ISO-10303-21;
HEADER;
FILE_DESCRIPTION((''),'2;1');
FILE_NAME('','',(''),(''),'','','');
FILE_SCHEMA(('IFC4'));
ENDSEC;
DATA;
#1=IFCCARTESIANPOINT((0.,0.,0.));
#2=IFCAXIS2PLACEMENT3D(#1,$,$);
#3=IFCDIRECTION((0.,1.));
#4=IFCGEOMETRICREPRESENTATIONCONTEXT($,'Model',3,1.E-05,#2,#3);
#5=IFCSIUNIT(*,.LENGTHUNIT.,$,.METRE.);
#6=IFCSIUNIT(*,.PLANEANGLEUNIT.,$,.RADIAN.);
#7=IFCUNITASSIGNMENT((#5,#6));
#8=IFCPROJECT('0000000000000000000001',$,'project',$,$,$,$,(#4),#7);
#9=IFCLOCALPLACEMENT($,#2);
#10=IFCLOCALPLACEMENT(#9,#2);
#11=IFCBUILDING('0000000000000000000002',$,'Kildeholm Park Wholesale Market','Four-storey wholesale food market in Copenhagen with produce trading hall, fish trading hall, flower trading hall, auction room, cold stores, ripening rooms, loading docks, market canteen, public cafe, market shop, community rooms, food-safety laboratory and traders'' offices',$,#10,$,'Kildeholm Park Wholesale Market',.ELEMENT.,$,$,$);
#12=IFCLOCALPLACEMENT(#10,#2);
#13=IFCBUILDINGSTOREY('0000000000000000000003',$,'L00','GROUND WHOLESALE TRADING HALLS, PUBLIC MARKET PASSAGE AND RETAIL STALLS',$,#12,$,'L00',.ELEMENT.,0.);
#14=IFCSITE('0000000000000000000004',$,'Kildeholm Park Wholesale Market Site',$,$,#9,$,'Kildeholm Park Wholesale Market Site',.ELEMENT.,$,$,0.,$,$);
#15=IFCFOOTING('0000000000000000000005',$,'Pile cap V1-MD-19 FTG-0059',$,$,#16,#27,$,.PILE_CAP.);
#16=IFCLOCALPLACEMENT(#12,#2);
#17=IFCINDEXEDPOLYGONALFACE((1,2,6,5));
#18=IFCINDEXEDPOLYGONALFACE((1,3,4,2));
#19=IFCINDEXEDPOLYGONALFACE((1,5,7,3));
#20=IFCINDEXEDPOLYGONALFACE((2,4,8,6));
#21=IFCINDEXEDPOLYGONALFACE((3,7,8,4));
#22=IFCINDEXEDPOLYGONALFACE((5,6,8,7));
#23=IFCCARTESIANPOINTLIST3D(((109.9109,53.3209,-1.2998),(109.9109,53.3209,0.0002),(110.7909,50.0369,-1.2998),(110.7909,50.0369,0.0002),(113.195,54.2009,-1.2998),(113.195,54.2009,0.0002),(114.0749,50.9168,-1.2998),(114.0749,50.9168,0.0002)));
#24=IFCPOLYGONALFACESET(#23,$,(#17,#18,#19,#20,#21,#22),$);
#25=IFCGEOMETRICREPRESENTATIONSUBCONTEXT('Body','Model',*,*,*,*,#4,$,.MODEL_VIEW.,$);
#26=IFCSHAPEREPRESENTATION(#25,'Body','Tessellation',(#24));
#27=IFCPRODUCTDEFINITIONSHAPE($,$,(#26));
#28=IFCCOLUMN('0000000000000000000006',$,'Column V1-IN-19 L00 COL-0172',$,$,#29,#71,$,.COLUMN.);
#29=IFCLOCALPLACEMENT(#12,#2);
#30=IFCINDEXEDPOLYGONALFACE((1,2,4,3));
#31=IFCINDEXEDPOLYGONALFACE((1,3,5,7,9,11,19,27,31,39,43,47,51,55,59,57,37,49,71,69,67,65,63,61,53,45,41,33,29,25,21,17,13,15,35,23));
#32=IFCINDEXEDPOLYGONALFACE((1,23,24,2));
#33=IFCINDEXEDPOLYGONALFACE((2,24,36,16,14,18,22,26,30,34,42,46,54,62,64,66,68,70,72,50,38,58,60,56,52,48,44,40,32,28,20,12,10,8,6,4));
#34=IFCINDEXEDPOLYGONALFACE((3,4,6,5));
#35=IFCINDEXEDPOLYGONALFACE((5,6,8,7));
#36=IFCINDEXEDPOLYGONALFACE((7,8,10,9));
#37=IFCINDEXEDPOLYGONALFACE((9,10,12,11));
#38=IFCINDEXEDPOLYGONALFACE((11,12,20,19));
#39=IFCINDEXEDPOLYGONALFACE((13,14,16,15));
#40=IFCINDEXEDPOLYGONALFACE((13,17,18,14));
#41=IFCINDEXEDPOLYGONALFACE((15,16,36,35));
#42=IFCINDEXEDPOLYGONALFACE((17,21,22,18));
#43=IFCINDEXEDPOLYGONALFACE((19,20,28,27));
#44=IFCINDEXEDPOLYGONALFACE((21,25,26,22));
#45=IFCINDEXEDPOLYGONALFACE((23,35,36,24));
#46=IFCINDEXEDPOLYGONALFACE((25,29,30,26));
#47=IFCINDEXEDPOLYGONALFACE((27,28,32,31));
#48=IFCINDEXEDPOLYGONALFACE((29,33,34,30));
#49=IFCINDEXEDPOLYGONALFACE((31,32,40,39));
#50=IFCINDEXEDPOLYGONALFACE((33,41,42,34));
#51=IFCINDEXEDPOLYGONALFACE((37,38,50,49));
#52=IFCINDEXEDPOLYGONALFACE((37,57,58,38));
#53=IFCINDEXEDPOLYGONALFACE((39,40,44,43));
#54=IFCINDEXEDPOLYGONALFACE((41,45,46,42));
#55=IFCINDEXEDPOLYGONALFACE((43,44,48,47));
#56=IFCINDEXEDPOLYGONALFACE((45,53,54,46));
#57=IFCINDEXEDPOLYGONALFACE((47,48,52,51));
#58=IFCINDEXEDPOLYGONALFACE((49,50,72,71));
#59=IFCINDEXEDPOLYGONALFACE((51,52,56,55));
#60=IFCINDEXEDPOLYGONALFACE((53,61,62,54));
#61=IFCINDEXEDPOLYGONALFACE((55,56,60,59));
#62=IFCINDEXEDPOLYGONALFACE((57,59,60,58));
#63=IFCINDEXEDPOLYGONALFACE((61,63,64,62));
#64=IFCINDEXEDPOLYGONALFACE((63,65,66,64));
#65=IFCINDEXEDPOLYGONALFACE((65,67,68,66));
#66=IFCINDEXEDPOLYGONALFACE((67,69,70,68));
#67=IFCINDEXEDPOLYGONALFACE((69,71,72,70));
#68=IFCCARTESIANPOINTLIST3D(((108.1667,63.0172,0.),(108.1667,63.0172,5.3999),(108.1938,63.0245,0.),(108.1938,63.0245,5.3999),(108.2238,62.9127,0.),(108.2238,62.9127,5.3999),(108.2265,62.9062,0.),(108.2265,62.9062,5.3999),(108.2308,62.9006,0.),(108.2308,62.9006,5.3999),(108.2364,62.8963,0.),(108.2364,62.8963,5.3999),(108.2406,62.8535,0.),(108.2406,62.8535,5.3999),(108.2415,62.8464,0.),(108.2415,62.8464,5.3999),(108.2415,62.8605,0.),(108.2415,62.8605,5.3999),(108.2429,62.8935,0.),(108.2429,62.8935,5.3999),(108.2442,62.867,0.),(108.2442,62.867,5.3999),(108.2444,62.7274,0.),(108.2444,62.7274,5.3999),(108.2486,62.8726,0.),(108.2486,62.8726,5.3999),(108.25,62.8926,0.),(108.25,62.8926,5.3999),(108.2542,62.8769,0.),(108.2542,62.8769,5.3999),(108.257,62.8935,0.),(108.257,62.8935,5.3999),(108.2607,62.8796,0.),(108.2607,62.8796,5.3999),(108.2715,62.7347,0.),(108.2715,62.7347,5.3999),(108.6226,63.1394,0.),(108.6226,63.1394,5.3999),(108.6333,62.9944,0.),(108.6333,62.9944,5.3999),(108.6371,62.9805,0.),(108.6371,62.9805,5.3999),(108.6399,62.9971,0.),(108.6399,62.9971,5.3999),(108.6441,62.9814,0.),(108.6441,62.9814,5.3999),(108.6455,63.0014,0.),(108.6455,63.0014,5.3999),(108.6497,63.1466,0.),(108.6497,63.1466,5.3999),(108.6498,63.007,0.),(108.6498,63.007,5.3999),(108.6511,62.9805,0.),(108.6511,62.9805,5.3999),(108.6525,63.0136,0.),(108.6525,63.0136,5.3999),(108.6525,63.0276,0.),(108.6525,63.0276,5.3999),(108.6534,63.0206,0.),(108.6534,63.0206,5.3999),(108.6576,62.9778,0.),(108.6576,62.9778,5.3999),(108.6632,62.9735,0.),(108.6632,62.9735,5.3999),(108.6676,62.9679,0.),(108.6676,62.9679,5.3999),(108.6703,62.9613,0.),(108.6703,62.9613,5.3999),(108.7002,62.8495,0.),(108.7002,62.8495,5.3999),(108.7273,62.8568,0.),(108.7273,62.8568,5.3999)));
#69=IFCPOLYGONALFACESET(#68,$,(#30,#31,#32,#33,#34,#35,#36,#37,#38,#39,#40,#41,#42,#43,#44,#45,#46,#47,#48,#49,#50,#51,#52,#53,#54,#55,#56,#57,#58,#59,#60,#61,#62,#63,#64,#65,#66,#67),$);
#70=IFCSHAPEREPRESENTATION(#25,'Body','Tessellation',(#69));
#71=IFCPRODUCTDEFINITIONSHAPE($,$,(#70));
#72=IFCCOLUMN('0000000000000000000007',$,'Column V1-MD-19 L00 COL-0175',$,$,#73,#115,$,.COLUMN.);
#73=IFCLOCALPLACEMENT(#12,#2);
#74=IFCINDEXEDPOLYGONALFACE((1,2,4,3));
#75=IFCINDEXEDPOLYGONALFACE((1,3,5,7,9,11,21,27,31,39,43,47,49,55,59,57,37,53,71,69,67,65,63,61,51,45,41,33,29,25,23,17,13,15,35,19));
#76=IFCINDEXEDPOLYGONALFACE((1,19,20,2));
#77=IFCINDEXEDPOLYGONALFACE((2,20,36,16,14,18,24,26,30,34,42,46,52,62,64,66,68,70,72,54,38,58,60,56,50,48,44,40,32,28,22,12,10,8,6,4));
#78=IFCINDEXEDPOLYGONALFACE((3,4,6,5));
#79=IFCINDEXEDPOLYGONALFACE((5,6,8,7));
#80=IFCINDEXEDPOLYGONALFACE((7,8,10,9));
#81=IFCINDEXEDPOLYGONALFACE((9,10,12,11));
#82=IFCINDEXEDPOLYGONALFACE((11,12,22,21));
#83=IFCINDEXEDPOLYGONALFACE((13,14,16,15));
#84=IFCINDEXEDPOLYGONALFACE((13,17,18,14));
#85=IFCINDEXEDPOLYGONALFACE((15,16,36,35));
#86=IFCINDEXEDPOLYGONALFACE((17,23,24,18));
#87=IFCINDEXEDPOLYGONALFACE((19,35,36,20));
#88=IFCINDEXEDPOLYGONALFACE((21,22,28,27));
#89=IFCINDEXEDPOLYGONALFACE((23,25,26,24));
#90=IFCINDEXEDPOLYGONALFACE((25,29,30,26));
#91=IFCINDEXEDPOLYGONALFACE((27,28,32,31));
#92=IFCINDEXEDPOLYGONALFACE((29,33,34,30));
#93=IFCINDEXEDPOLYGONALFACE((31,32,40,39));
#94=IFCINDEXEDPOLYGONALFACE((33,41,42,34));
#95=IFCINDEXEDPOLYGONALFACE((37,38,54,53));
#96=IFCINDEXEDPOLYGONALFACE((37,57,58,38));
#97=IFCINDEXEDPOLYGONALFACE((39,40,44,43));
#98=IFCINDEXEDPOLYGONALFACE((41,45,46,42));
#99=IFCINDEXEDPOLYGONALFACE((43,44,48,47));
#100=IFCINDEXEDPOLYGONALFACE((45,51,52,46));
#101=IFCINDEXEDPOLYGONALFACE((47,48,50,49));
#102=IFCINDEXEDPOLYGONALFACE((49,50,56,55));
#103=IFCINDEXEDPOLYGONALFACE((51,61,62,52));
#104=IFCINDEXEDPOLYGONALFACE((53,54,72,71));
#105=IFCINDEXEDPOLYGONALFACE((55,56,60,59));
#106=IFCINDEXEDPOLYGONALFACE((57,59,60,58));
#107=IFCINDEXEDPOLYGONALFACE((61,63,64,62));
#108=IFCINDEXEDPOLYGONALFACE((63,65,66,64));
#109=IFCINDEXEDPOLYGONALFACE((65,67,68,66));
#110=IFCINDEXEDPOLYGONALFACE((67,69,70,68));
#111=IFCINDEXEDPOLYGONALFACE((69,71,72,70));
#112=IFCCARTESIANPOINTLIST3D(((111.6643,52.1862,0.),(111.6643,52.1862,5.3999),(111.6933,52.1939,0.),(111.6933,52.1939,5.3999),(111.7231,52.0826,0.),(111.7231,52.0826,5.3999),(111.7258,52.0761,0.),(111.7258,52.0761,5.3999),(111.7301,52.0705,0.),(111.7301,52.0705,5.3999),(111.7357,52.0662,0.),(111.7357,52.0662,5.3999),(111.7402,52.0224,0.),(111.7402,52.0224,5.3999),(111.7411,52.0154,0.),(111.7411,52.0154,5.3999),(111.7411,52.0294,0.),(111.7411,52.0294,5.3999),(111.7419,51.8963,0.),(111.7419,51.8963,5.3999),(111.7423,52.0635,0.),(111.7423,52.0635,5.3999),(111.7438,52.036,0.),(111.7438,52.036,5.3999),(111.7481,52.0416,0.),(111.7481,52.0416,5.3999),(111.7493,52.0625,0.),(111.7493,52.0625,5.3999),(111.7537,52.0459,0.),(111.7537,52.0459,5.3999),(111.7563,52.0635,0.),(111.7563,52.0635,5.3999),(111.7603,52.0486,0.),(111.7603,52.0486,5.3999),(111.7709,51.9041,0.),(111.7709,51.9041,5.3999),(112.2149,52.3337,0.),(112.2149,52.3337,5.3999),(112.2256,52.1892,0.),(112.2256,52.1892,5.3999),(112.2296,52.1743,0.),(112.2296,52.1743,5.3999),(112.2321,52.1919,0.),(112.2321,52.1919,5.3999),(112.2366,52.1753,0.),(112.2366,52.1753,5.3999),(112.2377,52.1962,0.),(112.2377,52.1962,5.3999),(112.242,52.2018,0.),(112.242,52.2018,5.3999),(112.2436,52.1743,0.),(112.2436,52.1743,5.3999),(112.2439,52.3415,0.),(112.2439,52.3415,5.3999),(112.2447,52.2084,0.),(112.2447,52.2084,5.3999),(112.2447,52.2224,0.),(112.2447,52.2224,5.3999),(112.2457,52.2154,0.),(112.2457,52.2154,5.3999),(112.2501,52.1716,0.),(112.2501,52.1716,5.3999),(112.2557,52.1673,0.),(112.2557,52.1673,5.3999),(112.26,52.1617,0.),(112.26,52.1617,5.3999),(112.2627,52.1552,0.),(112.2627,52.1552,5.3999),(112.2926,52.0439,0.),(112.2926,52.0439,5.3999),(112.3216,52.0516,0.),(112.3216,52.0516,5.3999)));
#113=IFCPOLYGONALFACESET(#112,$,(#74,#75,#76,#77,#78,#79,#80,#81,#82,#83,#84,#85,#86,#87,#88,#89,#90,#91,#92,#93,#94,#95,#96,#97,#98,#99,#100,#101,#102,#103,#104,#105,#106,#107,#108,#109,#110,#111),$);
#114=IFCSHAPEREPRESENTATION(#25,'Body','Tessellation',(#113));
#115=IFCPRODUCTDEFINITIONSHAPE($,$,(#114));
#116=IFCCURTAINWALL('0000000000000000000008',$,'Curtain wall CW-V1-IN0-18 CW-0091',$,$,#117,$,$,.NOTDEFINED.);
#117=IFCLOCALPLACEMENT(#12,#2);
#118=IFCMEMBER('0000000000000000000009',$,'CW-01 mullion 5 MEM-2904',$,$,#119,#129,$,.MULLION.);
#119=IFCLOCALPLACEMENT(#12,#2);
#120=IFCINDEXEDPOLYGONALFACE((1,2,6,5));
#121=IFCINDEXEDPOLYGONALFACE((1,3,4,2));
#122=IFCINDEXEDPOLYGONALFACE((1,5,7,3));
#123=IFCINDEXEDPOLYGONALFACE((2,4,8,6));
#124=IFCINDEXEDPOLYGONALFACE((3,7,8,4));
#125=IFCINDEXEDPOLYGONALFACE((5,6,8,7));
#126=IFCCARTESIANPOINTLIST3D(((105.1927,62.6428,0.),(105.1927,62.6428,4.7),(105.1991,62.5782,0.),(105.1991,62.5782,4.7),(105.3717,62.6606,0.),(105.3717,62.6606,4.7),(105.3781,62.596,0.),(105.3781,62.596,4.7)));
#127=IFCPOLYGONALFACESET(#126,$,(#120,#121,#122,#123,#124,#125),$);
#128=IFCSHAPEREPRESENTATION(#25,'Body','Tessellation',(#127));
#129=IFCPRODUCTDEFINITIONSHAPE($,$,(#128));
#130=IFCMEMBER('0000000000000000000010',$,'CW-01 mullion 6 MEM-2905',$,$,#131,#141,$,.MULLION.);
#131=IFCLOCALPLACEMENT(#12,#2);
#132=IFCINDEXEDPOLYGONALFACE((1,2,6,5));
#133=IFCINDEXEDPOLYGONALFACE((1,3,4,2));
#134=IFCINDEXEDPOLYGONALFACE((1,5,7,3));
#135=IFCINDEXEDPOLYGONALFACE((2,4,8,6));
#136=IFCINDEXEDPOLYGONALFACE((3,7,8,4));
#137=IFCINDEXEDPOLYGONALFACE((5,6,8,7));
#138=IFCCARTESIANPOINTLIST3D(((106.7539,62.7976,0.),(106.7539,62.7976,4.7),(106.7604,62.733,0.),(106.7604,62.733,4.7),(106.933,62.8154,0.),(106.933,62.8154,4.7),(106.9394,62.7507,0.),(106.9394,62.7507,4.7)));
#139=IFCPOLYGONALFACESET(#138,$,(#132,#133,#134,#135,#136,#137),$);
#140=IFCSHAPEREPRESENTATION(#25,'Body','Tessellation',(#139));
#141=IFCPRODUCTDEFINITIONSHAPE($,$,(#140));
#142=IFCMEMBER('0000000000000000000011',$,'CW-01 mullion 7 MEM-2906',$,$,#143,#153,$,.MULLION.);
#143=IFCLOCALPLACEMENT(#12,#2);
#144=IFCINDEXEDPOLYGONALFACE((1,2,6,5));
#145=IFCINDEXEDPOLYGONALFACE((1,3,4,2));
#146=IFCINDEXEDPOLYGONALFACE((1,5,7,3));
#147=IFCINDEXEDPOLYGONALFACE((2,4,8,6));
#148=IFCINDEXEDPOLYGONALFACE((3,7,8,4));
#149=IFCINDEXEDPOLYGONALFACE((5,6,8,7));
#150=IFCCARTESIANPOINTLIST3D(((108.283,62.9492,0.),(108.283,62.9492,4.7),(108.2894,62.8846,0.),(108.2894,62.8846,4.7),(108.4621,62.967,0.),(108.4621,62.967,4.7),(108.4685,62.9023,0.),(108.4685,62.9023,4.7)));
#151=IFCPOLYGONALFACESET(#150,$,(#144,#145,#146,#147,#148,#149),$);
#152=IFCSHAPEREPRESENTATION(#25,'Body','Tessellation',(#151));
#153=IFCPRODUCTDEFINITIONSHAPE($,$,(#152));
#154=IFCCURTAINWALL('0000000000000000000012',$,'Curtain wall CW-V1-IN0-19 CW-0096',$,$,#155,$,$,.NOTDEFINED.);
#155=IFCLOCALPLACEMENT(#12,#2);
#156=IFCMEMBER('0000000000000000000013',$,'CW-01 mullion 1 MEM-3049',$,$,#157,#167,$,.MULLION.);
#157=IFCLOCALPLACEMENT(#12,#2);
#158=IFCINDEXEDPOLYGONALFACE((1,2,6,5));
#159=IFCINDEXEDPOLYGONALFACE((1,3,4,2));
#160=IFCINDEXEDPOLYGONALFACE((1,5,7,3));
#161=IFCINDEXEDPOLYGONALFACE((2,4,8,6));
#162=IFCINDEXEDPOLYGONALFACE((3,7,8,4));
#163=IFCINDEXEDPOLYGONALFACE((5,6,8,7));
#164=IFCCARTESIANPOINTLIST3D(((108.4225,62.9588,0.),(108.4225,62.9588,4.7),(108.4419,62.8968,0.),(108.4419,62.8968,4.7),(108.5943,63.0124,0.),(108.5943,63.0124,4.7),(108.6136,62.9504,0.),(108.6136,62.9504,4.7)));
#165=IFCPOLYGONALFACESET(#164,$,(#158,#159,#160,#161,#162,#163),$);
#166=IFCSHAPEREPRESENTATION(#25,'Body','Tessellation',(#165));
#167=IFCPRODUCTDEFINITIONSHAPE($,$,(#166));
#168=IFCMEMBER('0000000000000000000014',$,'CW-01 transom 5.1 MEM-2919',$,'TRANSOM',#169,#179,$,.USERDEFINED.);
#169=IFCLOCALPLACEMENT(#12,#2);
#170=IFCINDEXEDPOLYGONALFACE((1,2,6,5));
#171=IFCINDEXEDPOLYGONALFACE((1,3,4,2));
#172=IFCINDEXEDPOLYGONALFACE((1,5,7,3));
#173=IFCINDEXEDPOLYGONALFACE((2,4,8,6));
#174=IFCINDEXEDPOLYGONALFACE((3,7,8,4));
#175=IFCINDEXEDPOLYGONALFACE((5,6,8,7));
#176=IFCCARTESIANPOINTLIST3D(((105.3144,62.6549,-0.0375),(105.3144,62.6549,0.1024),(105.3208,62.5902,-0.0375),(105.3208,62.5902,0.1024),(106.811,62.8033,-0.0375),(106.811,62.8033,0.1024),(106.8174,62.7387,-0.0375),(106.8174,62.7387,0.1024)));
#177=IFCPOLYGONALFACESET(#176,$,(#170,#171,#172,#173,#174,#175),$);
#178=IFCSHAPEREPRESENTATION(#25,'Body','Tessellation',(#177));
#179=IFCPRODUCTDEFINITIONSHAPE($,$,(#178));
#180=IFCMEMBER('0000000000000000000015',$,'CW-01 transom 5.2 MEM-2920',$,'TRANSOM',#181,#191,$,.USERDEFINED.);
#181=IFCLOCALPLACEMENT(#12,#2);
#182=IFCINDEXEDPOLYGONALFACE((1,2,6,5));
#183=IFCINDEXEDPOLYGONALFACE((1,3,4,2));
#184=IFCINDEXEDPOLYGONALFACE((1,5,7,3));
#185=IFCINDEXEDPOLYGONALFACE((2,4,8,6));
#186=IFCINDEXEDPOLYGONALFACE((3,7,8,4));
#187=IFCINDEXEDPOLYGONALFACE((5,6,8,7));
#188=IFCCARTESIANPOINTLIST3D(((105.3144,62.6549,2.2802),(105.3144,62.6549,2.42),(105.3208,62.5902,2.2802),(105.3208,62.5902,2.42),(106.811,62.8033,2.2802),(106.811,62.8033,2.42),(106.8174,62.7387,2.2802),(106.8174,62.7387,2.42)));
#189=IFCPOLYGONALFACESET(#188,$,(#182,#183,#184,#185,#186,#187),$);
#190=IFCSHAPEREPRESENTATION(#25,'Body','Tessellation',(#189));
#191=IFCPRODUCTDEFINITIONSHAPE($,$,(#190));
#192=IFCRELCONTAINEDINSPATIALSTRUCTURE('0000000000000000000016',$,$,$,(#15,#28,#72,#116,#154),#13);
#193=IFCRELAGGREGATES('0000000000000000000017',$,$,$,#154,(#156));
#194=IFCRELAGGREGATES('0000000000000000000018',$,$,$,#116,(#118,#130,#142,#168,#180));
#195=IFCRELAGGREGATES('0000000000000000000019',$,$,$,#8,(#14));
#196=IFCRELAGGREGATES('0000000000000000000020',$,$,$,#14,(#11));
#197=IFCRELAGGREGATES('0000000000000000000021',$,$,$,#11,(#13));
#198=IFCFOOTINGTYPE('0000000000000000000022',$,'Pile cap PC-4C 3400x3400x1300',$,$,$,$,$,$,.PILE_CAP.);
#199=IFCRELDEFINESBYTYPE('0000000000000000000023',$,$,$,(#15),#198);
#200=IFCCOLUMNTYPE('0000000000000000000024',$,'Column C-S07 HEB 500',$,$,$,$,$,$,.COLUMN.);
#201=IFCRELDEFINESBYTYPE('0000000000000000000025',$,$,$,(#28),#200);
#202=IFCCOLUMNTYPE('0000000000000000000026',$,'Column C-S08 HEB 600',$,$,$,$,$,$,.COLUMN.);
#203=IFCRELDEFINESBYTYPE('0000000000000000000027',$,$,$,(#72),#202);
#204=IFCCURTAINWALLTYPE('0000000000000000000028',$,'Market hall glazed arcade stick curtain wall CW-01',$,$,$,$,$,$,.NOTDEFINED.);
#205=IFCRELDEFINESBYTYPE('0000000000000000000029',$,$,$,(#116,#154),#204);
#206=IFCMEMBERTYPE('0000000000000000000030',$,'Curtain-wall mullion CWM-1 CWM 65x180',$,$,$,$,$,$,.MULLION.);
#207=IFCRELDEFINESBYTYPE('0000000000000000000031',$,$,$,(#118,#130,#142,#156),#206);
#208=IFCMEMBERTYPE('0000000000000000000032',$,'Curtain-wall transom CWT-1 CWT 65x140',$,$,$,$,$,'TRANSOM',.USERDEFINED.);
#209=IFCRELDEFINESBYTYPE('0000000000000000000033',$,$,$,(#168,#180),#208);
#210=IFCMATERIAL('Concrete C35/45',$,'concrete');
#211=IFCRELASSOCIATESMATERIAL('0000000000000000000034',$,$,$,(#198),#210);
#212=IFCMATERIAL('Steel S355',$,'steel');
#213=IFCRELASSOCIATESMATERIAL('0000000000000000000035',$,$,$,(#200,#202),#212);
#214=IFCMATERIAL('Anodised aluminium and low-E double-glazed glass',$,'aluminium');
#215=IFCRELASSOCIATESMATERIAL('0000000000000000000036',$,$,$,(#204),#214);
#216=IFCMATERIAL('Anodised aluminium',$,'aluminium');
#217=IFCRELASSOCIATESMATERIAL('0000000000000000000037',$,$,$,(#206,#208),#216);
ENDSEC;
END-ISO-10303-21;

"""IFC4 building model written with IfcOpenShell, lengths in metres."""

from ifc_helpers import new_model, si_unit, direction, frame, origin, origin_2d, place, context, subcontext, project, spatial, rectangle, i_section, extrude, material, material_profile, profile_set, type_object, element, aggregate, save


model = new_model("IFC4")

# Units and contexts
model_context = context("Model", 3, precision=1e-05, world=origin(), true_north=direction((0.0, 1.0)))
body_context = subcontext(model_context, "Body", "Model", "MODEL_VIEW")
ifc_project = project(units=[si_unit("LENGTHUNIT", "METRE"), si_unit("PLANEANGLEUNIT", "RADIAN")], contexts=[model_context])

# Site, building, storey
site_placement = place(None, origin())
site = spatial("IfcSite", under=ifc_project, at=site_placement, Name="Kildeholm Park Wholesale Market Site", LongName="Kildeholm Park Wholesale Market Site", CompositionType="ELEMENT", RefElevation=0.0)
building_placement = place(site_placement, origin())
building = spatial("IfcBuilding", under=site, at=building_placement, Name="Kildeholm Park Wholesale Market", Description="Four-storey wholesale food market in Copenhagen with produce trading hall, fish trading hall, flower trading hall, auction room, cold stores, ripening rooms, loading docks, market canteen, public cafe, market shop, community rooms, food-safety laboratory and traders' offices", LongName="Kildeholm Park Wholesale Market", CompositionType="ELEMENT")
storey_placement = place(building_placement, origin())
storey = spatial("IfcBuildingStorey", under=building, at=storey_placement, Name="L00", Description="GROUND WHOLESALE TRADING HALLS, PUBLIC MARKET PASSAGE AND RETAIL STALLS", LongName="L00", CompositionType="ELEMENT", Elevation=0.0)

# Shared definitions
ifc_material_1 = material(Name="Concrete C35/45", Category="concrete")

# Footing
footing_type_1 = type_object("IfcFootingType", Name="Pile cap PC-4C 3400x3400x1300", PredefinedType="PILE_CAP", material=ifc_material_1)
footing_1_placement = place(storey_placement, frame((111.9929, 52.1189, -1.2998), z_axis=(0.0, 0.0, 1.0), x_axis=(0.258819, -0.965926, 0.0)))
element("IfcFooting", 1, at=footing_1_placement, inside=storey, type_object=footing_type_1, Name="Pile cap V1-MD-19 FTG-0059", PredefinedType="PILE_CAP", context=body_context, shape_type="SweptSolid", body=[
    extrude(rectangle(XDim=3.3999, YDim=3.3999, at=origin_2d()), origin(), (0.0, 0.0, 1.0), 1.3),
])

# Columns
ifc_material_2 = material(Name="Steel S355", Category="steel")
ifc_material_profile_1 = material_profile(ifc_material_2, i_section(OverallWidth=0.3, OverallDepth=0.5, WebThickness=0.0144, FlangeThickness=0.0281, FilletRadius=0.0271, at=origin_2d()), Name="HEB 500")
ifc_profile_set_1 = profile_set([ifc_material_profile_1], Name="Steel S355")
column_type_1 = type_object("IfcColumnType", Name="Column C-S07 HEB 500", PredefinedType="COLUMN", material=ifc_profile_set_1)
column_1_placement = place(storey_placement, frame((108.447, 62.937, 0.0), z_axis=(0.0, 0.0, 1.0), x_axis=(0.258819, -0.965926, 0.0)))
element("IfcColumn", 2, at=column_1_placement, inside=storey, type_object=column_type_1, Name="Column V1-IN-19 L00 COL-0172", PredefinedType="COLUMN", context=body_context, shape_type="SweptSolid", body=[
    extrude(i_section(OverallWidth=0.3, OverallDepth=0.5, WebThickness=0.0144, FlangeThickness=0.0281, FilletRadius=0.0271, at=origin_2d()), origin(), (0.0, 0.0, 1.0), 5.3999),
])
ifc_material_profile_2 = material_profile(ifc_material_2, i_section(OverallWidth=0.3, OverallDepth=0.6001, WebThickness=0.0154, FlangeThickness=0.03, FilletRadius=0.0271, at=origin_2d()), Name="HEB 600")
ifc_profile_set_2 = profile_set([ifc_material_profile_2], Name="Steel S355")
column_type_2 = type_object("IfcColumnType", Name="Column C-S08 HEB 600", PredefinedType="COLUMN", material=ifc_profile_set_2)
column_2_placement = place(storey_placement, frame((111.9929, 52.1189, 0.0), z_axis=(0.0, 0.0, 1.0), x_axis=(0.258819, -0.965926, 0.0)))
element("IfcColumn", 3, at=column_2_placement, inside=storey, type_object=column_type_2, Name="Column V1-MD-19 L00 COL-0175", PredefinedType="COLUMN", context=body_context, shape_type="SweptSolid", body=[
    extrude(i_section(OverallWidth=0.3, OverallDepth=0.6001, WebThickness=0.0154, FlangeThickness=0.03, FilletRadius=0.0271, at=origin_2d()), origin(), (0.0, 0.0, 1.0), 5.3999),
])

# Curtain wall, members
ifc_material_3 = material(Name="Anodised aluminium and low-E double-glazed glass", Category="aluminium")
curtain_wall_type = type_object("IfcCurtainWallType", Name="Market hall glazed arcade stick curtain wall CW-01", PredefinedType="NOTDEFINED", material=ifc_material_3)
curtain_wall_1_placement = place(storey_placement, origin())
curtain_wall_1 = element("IfcCurtainWall", 4, at=curtain_wall_1_placement, inside=storey, type_object=curtain_wall_type, Name="Curtain wall CW-V1-IN0-18 CW-0091", PredefinedType="NOTDEFINED")
ifc_material_4 = material(Name="Anodised aluminium", Category="aluminium")
ifc_material_profile_3 = material_profile(ifc_material_4, rectangle(XDim=0.0649, YDim=0.1799, at=origin_2d()), Name="CWM 65x180")
ifc_profile_set_3 = profile_set([ifc_material_profile_3], Name="Anodised aluminium")
member_type_1 = type_object("IfcMemberType", Name="Curtain-wall mullion CWM-1 CWM 65x180", PredefinedType="MULLION", material=ifc_profile_set_3)
member_1_placement = place(storey_placement, frame((105.2854, 62.6194, 0.0), z_axis=(0.0, 0.0, 1.0), x_axis=(-0.098683, 0.995119, 0.0)))
member_1 = element("IfcMember", 5, at=member_1_placement, type_object=member_type_1, Name="CW-01 mullion 5 MEM-2904", PredefinedType="MULLION", context=body_context, shape_type="SweptSolid", body=[
    extrude(rectangle(XDim=0.0649, YDim=0.1799, at=origin_2d()), origin(), (0.0, 0.0, 1.0), 4.7),
])
member_2_placement = place(storey_placement, frame((106.8467, 62.7742, 0.0), z_axis=(0.0, 0.0, 1.0), x_axis=(-0.098683, 0.995119, 0.0)))
member_2 = element("IfcMember", 6, at=member_2_placement, type_object=member_type_1, Name="CW-01 mullion 6 MEM-2905", PredefinedType="MULLION", context=body_context, shape_type="SweptSolid", body=[
    extrude(rectangle(XDim=0.0649, YDim=0.1799, at=origin_2d()), origin(), (0.0, 0.0, 1.0), 4.7),
])
member_3_placement = place(storey_placement, frame((108.3757, 62.9258, 0.0), z_axis=(0.0, 0.0, 1.0), x_axis=(-0.098683, 0.995119, 0.0)))
member_3 = element("IfcMember", 7, at=member_3_placement, type_object=member_type_1, Name="CW-01 mullion 7 MEM-2906", PredefinedType="MULLION", context=body_context, shape_type="SweptSolid", body=[
    extrude(rectangle(XDim=0.0649, YDim=0.1799, at=origin_2d()), origin(), (0.0, 0.0, 1.0), 4.7),
])

# Curtain wall, member
curtain_wall_2_placement = place(storey_placement, origin())
curtain_wall_2 = element("IfcCurtainWall", 8, at=curtain_wall_2_placement, inside=storey, type_object=curtain_wall_type, Name="Curtain wall CW-V1-IN0-19 CW-0096", PredefinedType="NOTDEFINED")
member_4_placement = place(storey_placement, frame((108.5181, 62.9546, 0.0), z_axis=(0.0, 0.0, 1.0), x_axis=(-0.297957, 0.954579, 0.0)))
member_4 = element("IfcMember", 9, at=member_4_placement, type_object=member_type_1, Name="CW-01 mullion 1 MEM-3049", PredefinedType="MULLION", context=body_context, shape_type="SweptSolid", body=[
    extrude(rectangle(XDim=0.0649, YDim=0.1799, at=origin_2d()), origin(), (0.0, 0.0, 1.0), 4.7),
])

# Members
ifc_material_profile_4 = material_profile(ifc_material_4, rectangle(XDim=0.0649, YDim=0.1399, at=origin_2d()), Name="CWT 65x140")
ifc_profile_set_4 = profile_set([ifc_material_profile_4], Name="Anodised aluminium")
member_type_2 = type_object("IfcMemberType", Name="Curtain-wall transom CWT-1 CWT 65x140", ElementType="TRANSOM", PredefinedType="USERDEFINED", material=ifc_profile_set_4)
member_5_placement = place(storey_placement, frame((105.3176, 62.6226, 0.0325), z_axis=(0.995117, 0.0987, 0.0), x_axis=(-0.0987, 0.995117, 0.0)))
member_5 = element("IfcMember", 10, at=member_5_placement, type_object=member_type_2, Name="CW-01 transom 5.1 MEM-2919", ObjectType="TRANSOM", PredefinedType="USERDEFINED", context=body_context, shape_type="SweptSolid", body=[
    extrude(rectangle(XDim=0.0649, YDim=0.1399, at=origin_2d()), origin(), (0.0, 0.0, 1.0), 1.5039),
])
member_6_placement = place(storey_placement, frame((105.3176, 62.6226, 2.3501), z_axis=(0.995117, 0.0987, 0.0), x_axis=(-0.0987, 0.995117, 0.0)))
member_6 = element("IfcMember", 11, at=member_6_placement, type_object=member_type_2, Name="CW-01 transom 5.2 MEM-2920", ObjectType="TRANSOM", PredefinedType="USERDEFINED", context=body_context, shape_type="SweptSolid", body=[
    extrude(rectangle(XDim=0.0649, YDim=0.1399, at=origin_2d()), origin(), (0.0, 0.0, 1.0), 1.5039),
])
aggregate(curtain_wall_2, [member_4])

aggregate(curtain_wall_1, [member_1, member_2, member_3, member_5, member_6])

save(model, "model.ifc")
